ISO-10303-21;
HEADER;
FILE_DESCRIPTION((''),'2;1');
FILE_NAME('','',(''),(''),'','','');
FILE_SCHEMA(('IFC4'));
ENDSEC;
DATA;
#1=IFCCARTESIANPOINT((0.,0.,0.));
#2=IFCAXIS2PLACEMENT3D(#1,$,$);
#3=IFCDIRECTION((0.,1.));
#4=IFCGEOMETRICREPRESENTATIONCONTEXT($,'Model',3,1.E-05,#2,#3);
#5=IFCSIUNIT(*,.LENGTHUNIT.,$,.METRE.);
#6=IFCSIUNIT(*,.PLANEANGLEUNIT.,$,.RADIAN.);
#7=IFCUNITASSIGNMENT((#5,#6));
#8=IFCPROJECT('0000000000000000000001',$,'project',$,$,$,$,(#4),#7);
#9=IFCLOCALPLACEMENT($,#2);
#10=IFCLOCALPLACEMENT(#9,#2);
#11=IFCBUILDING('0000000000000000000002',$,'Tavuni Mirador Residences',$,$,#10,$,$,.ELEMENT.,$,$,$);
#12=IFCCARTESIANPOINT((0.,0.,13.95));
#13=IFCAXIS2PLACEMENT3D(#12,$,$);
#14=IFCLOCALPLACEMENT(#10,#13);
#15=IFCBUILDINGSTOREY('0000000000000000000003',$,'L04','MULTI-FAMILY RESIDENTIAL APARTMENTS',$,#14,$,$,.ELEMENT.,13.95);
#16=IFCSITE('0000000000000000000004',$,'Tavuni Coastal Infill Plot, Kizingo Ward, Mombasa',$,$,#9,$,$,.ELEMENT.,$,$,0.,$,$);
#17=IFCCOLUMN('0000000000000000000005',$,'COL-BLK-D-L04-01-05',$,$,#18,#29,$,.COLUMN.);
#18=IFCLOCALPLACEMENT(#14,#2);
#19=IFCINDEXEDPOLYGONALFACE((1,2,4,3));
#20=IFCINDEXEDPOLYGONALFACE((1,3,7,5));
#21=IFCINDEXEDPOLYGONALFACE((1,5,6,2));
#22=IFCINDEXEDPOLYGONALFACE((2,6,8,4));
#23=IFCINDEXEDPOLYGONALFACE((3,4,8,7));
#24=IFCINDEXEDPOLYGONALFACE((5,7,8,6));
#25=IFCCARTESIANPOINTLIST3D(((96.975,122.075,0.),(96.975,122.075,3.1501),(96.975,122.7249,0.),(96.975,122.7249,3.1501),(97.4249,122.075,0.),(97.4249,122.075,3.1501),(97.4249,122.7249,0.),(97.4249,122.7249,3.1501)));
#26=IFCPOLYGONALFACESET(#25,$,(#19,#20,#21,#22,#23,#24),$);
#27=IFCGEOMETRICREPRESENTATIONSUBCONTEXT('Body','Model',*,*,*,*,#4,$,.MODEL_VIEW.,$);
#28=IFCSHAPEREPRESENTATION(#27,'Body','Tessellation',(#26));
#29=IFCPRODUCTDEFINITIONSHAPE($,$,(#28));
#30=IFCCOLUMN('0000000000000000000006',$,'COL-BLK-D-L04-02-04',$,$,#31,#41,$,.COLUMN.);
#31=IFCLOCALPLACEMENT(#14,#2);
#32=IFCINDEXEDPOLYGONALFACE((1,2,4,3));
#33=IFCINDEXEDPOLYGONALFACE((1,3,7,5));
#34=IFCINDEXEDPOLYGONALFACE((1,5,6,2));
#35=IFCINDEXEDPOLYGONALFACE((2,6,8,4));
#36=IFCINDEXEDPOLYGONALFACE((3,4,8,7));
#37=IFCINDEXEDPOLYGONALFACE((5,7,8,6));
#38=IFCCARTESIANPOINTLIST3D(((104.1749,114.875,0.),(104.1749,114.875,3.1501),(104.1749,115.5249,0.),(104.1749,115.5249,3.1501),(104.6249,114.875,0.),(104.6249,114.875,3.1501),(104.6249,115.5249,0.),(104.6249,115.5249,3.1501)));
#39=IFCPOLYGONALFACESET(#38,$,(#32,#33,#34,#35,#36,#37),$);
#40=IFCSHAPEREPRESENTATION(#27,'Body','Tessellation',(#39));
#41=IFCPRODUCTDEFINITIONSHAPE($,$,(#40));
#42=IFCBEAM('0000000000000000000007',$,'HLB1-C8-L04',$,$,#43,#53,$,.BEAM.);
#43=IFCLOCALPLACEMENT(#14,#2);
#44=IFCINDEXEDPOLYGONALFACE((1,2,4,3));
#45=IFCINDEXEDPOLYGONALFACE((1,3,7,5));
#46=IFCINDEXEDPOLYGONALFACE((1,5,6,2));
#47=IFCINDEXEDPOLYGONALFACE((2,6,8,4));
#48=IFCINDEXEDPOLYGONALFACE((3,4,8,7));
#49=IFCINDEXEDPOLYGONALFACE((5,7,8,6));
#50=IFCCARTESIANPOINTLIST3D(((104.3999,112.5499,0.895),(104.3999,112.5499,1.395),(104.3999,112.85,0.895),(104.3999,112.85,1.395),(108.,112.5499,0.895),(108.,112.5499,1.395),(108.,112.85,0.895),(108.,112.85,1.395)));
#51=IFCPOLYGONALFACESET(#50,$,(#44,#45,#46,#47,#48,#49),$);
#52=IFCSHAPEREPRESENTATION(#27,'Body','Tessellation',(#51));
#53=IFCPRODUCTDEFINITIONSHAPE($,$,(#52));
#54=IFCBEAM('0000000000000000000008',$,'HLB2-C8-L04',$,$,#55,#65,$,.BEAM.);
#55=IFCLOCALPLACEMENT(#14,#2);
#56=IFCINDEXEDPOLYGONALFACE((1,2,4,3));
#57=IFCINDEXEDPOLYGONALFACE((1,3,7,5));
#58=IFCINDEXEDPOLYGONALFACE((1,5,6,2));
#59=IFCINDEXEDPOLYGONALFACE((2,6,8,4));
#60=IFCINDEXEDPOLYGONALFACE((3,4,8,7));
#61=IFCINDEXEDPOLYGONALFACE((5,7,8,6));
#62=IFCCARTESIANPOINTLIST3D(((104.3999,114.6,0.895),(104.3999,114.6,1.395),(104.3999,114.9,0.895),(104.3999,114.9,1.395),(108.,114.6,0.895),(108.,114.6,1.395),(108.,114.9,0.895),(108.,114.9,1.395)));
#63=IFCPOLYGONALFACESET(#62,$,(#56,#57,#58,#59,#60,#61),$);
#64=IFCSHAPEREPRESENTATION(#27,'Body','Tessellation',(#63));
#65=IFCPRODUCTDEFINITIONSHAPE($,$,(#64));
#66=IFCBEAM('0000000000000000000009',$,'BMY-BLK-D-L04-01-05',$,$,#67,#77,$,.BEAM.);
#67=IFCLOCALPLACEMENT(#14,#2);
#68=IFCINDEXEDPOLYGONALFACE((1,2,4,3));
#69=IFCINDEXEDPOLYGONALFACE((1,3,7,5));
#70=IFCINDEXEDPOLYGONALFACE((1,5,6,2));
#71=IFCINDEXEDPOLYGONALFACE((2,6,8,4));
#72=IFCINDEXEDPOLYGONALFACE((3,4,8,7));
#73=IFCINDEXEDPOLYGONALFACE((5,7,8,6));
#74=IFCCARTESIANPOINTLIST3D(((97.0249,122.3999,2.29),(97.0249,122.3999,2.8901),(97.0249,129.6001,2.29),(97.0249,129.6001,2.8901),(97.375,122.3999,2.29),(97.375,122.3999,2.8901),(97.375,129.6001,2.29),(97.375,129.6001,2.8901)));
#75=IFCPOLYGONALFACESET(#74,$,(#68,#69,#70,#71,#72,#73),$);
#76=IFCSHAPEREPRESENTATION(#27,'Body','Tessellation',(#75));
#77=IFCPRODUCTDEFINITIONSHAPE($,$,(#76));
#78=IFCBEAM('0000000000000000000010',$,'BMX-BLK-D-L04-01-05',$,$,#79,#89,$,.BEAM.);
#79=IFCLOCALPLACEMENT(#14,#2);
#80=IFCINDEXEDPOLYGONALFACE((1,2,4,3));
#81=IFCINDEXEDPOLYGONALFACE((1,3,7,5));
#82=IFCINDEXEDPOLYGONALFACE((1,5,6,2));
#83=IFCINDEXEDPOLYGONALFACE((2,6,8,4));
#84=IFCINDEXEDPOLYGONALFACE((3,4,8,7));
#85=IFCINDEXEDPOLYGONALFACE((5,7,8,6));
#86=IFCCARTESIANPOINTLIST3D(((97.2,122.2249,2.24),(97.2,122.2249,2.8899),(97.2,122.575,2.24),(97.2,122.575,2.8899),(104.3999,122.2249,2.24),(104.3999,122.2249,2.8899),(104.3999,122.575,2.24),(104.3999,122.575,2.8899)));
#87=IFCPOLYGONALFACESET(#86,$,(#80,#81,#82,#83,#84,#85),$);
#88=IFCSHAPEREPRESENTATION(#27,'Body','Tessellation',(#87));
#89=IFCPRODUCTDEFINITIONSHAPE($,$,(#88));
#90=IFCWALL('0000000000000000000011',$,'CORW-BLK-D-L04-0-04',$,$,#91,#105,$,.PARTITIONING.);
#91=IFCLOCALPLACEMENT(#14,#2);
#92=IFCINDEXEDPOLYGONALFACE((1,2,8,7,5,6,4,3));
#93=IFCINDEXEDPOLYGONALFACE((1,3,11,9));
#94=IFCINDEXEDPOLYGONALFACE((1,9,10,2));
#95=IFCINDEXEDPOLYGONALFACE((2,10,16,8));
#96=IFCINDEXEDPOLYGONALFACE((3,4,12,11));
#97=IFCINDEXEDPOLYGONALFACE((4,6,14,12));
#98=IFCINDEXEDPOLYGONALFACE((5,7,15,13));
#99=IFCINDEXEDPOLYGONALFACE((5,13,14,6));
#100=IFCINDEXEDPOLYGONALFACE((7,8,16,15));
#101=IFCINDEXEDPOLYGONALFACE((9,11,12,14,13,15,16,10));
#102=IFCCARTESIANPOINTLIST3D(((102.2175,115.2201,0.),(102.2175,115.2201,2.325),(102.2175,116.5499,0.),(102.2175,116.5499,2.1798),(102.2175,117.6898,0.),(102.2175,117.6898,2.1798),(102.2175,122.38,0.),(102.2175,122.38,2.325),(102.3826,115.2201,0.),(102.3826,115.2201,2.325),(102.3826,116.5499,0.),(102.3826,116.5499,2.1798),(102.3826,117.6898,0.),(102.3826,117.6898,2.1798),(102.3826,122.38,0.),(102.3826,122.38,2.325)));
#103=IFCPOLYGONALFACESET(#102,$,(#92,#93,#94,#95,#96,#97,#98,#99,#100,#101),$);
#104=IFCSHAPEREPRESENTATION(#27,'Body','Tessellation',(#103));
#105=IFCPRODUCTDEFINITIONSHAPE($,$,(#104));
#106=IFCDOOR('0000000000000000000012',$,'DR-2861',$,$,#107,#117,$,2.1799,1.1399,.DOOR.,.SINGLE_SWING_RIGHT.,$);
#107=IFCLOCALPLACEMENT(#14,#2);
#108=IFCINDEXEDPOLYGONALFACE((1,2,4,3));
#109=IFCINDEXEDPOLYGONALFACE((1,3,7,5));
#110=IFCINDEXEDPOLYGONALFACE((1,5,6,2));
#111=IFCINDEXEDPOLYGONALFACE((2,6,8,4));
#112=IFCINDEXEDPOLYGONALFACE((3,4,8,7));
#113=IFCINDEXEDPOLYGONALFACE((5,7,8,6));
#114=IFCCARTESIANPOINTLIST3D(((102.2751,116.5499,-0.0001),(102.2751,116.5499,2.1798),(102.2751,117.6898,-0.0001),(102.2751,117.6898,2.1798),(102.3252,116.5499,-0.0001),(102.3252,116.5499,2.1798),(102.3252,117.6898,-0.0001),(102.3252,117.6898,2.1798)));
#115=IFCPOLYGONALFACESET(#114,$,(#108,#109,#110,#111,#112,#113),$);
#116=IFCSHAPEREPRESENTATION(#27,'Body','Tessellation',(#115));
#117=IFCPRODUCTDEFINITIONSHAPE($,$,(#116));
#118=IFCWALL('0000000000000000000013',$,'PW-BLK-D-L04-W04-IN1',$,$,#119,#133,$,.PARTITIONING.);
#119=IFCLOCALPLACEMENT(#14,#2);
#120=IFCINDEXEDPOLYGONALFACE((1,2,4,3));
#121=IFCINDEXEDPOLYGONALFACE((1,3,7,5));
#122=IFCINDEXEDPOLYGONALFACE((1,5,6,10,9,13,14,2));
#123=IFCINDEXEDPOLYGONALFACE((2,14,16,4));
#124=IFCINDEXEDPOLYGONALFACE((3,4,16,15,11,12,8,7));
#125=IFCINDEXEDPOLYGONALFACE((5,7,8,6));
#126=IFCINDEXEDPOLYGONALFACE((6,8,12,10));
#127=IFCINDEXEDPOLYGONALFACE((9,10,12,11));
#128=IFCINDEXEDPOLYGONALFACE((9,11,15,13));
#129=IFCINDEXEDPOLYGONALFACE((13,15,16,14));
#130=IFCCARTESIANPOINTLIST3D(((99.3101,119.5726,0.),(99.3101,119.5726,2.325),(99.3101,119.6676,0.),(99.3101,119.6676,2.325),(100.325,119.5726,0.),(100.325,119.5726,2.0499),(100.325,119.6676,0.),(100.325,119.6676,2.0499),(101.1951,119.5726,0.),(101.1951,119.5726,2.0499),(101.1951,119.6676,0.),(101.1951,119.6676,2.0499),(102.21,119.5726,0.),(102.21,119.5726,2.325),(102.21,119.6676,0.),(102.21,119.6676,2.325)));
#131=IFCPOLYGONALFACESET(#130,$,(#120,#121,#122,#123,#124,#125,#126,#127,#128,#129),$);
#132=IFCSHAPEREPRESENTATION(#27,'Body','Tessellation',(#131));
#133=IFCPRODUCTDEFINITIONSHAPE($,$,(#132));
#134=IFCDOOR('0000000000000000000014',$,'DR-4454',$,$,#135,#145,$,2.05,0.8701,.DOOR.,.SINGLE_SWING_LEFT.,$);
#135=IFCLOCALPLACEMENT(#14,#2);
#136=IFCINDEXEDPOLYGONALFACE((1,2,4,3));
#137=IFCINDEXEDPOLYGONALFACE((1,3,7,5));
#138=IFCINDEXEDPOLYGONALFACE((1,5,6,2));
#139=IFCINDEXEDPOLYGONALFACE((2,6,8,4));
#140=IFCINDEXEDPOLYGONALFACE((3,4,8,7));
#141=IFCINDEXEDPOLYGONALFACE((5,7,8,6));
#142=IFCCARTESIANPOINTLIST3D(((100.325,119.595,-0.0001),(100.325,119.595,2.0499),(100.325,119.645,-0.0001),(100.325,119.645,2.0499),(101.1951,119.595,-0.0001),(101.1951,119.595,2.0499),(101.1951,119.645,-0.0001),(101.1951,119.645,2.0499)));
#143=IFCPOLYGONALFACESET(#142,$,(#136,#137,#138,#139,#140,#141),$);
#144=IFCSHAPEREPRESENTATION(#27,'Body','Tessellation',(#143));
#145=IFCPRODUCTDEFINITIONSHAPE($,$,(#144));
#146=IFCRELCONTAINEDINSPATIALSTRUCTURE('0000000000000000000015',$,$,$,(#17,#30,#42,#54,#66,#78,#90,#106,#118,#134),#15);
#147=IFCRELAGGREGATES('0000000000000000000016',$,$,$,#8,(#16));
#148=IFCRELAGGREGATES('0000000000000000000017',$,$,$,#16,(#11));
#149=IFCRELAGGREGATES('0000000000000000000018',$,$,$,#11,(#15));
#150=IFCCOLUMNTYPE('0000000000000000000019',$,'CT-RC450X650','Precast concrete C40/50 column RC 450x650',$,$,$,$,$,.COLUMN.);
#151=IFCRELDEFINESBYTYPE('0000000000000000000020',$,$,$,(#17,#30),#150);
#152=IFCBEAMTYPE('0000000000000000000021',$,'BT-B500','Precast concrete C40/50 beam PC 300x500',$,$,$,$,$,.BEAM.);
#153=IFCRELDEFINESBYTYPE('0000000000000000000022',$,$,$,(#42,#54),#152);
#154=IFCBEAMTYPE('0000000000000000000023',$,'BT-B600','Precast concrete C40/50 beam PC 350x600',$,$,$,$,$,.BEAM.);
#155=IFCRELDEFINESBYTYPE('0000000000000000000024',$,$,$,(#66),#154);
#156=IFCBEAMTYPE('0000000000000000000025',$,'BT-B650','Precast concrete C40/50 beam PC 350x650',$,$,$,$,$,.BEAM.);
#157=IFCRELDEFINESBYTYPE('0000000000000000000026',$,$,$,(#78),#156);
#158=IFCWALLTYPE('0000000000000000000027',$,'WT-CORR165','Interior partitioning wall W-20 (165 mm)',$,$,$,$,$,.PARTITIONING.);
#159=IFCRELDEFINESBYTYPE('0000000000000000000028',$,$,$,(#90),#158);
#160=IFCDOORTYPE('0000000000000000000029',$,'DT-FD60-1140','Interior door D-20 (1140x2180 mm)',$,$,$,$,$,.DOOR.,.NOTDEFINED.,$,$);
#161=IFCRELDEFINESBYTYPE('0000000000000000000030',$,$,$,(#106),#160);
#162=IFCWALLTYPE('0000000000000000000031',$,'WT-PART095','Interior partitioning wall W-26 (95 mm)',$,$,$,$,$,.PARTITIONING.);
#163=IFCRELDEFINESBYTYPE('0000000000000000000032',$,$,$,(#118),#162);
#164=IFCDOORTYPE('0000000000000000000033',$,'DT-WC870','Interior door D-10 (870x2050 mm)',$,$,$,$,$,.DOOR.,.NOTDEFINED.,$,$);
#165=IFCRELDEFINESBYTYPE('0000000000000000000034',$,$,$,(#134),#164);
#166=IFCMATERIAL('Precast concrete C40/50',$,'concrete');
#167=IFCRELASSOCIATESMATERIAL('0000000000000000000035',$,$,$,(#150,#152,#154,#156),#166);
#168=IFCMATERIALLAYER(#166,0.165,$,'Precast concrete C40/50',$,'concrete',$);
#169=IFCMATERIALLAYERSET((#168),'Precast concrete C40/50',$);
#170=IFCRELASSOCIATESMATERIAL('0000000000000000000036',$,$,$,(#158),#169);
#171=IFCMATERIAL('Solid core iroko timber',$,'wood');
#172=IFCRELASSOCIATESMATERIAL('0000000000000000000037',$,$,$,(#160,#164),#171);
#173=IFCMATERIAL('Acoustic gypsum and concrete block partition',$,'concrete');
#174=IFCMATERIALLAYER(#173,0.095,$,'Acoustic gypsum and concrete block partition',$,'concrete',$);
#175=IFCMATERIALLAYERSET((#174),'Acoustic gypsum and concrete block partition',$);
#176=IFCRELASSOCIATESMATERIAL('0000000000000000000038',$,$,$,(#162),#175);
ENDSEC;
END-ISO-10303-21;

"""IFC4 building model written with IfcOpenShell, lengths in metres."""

from ifc_helpers import new_model, si_unit, direction, frame, frame_2d, origin, origin_2d, place, context, subcontext, project, spatial, rectangle, extrude, material, layer, layer_set, material_profile, profile_set, type_object, element, fill, save


model = new_model("IFC4")

# Units and contexts
model_context = context("Model", 3, precision=1e-05, world=origin(), true_north=direction((0.0, 1.0)))
body_context = subcontext(model_context, "Body", "Model", "MODEL_VIEW")
ifc_project = project(units=[si_unit("LENGTHUNIT", "METRE"), si_unit("PLANEANGLEUNIT", "RADIAN")], contexts=[model_context])

# Site, building, storey
site_placement = place(None, origin())
site = spatial("IfcSite", under=ifc_project, at=site_placement, Name="Tavuni Coastal Infill Plot, Kizingo Ward, Mombasa", CompositionType="ELEMENT", RefElevation=0.0)
building_placement = place(site_placement, origin())
building = spatial("IfcBuilding", under=site, at=building_placement, Name="Tavuni Mirador Residences", CompositionType="ELEMENT")
storey_placement = place(building_placement, frame((0.0, 0.0, 13.95)))
storey = spatial("IfcBuildingStorey", under=building, at=storey_placement, Name="L04", Description="MULTI-FAMILY RESIDENTIAL APARTMENTS", CompositionType="ELEMENT", Elevation=13.95)

# Columns
ifc_material_1 = material(Name="Precast concrete C40/50", Category="concrete")
ifc_material_profile_1 = material_profile(ifc_material_1, rectangle(XDim=0.45, YDim=0.6499, at=origin_2d()), Name="RC 450x650", Category="concrete")
ifc_profile_set_1 = profile_set([ifc_material_profile_1], Name="Precast concrete C40/50")
column_type = type_object("IfcColumnType", Name="CT-RC450X650", Description="Precast concrete C40/50 column RC 450x650", PredefinedType="COLUMN", material=ifc_profile_set_1)
for number, where, z_axis, x_axis, name in (
    (1, (97.2, 122.3999, 0.0), (0.0, 0.0, 1.0), (1.0, 0.0, 0.0), "COL-BLK-D-L04-01-05"),
    (2, (104.3999, 115.2, 0.0), (0.0, 0.0, 1.0), (1.0, 0.0, 0.0), "COL-BLK-D-L04-02-04"),
):
    element("IfcColumn", number, at=place(storey_placement, frame(where, z_axis=z_axis, x_axis=x_axis)), inside=storey, type_object=column_type, Name=name, PredefinedType="COLUMN", context=body_context, shape_type="SweptSolid", body=[
        extrude(rectangle(XDim=0.45, YDim=0.6499, at=origin_2d()), origin(), (0.0, 0.0, 1.0), 3.1501),
    ])

# Beams
ifc_material_profile_2 = material_profile(ifc_material_1, rectangle(XDim=0.3, YDim=0.5, at=origin_2d()), Name="PC 300x500", Category="concrete")
ifc_profile_set_2 = profile_set([ifc_material_profile_2], Name="Precast concrete C40/50")
beam_type_1 = type_object("IfcBeamType", Name="BT-B500", Description="Precast concrete C40/50 beam PC 300x500", PredefinedType="BEAM", material=ifc_profile_set_2)
for number, where, z_axis, x_axis, name in (
    (3, (104.3999, 112.7, 1.145), (1.0, 0.0, 0.0), (0.0, 1.0, 0.0), "HLB1-C8-L04"),
    (4, (104.3999, 114.75, 1.145), (1.0, 0.0, 0.0), (0.0, 1.0, 0.0), "HLB2-C8-L04"),
):
    element("IfcBeam", number, at=place(storey_placement, frame(where, z_axis=z_axis, x_axis=x_axis)), inside=storey, type_object=beam_type_1, Name=name, PredefinedType="BEAM", context=body_context, shape_type="SweptSolid", body=[
        extrude(rectangle(XDim=0.3, YDim=0.5, at=origin_2d()), origin(), (0.0, 0.0, 1.0), 3.6001),
    ])
ifc_material_profile_3 = material_profile(ifc_material_1, rectangle(XDim=0.3501, YDim=0.6001, at=origin_2d()), Name="PC 350x600", Category="concrete")
ifc_profile_set_3 = profile_set([ifc_material_profile_3], Name="Precast concrete C40/50")
beam_type_2 = type_object("IfcBeamType", Name="BT-B600", Description="Precast concrete C40/50 beam PC 350x600", PredefinedType="BEAM", material=ifc_profile_set_3)
beam_1_placement = place(storey_placement, frame((97.2, 122.3999, 2.5901), z_axis=(0.0, 1.0, 0.0), x_axis=(-1.0, 0.0, 0.0)))
element("IfcBeam", 5, at=beam_1_placement, inside=storey, type_object=beam_type_2, Name="BMY-BLK-D-L04-01-05", PredefinedType="BEAM", context=body_context, shape_type="SweptSolid", body=[
    extrude(rectangle(XDim=0.3501, YDim=0.6001, at=origin_2d()), origin(), (0.0, 0.0, 1.0), 7.2002),
])
ifc_material_profile_4 = material_profile(ifc_material_1, rectangle(XDim=0.3501, YDim=0.6499, at=origin_2d()), Name="PC 350x650", Category="concrete")
ifc_profile_set_4 = profile_set([ifc_material_profile_4], Name="Precast concrete C40/50")
beam_type_3 = type_object("IfcBeamType", Name="BT-B650", Description="Precast concrete C40/50 beam PC 350x650", PredefinedType="BEAM", material=ifc_profile_set_4)
beam_2_placement = place(storey_placement, frame((97.2, 122.3999, 2.5649), z_axis=(1.0, 0.0, 0.0), x_axis=(0.0, 1.0, 0.0)))
element("IfcBeam", 6, at=beam_2_placement, inside=storey, type_object=beam_type_3, Name="BMX-BLK-D-L04-01-05", PredefinedType="BEAM", context=body_context, shape_type="SweptSolid", body=[
    extrude(rectangle(XDim=0.3501, YDim=0.6499, at=origin_2d()), origin(), (0.0, 0.0, 1.0), 7.2),
])

# Walls, openings, doors
ifc_layer_1 = layer(ifc_material_1, 0.165, Name="Precast concrete C40/50", Category="concrete")
ifc_layer_set_1 = layer_set([ifc_layer_1], Name="Precast concrete C40/50")
wall_type_1 = type_object("IfcWallType", Name="WT-CORR165", Description="Interior partitioning wall W-20 (165 mm)", PredefinedType="PARTITIONING", material=ifc_layer_set_1)
wall_1_placement = place(storey_placement, frame((102.3, 115.22, 0.0), z_axis=(0.0, 0.0, 1.0), x_axis=(0.0, 1.0, 0.0)))
wall_1 = element("IfcWall", 7, at=wall_1_placement, inside=storey, type_object=wall_type_1, Name="CORW-BLK-D-L04-0-04", PredefinedType="PARTITIONING", context=body_context, shape_type="SweptSolid", body=[
    extrude(rectangle(XDim=7.1599, YDim=0.165, at=frame_2d((3.5801, 0.0))), origin(), (0.0, 0.0, 1.0), 2.325),
])
opening_1_placement = place(wall_1_placement, frame((1.3301, 0.0, 0.0)))
opening_1 = element("IfcOpeningElement", 8, at=opening_1_placement, cuts=wall_1, PredefinedType="OPENING", context=body_context, shape_type="SweptSolid", body=[
    extrude(rectangle(XDim=1.1399, YDim=2.1799, at=frame_2d((0.5698, 1.0898))), frame((0.0, 0.0925, 0.0), z_axis=(0.0, -1.0, 0.0), x_axis=(1.0, 0.0, 0.0)), (0.0, 0.0, 1.0), 0.1851),
])
ifc_material_2 = material(Name="Solid core iroko timber", Category="wood")
door_type_1 = type_object("IfcDoorType", Name="DT-FD60-1140", Description="Interior door D-20 (1140x2180 mm)", OperationType="NOTDEFINED", PredefinedType="DOOR", material=ifc_material_2)
door_1_placement = place(opening_1_placement, origin())
door_1 = element("IfcDoor", 9, at=door_1_placement, inside=storey, type_object=door_type_1, Name="DR-2861", OperationType="SINGLE_SWING_RIGHT", OverallHeight=2.1799, OverallWidth=1.1399, PredefinedType="DOOR", context=body_context, shape_type="SweptSolid", body=[
    extrude(rectangle(XDim=1.1399, YDim=2.1799, at=frame_2d((0.5698, 1.0898))), frame((0.0, 0.0249, 0.0), z_axis=(0.0, -1.0, 0.0), x_axis=(1.0, 0.0, 0.0)), (0.0, 0.0, 1.0), 0.05),
])
fill(opening_1, door_1)
ifc_material_3 = material(Name="Acoustic gypsum and concrete block partition", Category="concrete")
ifc_layer_2 = layer(ifc_material_3, 0.095, Name="Acoustic gypsum and concrete block partition", Category="concrete")
ifc_layer_set_2 = layer_set([ifc_layer_2], Name="Acoustic gypsum and concrete block partition")
wall_type_2 = type_object("IfcWallType", Name="WT-PART095", Description="Interior partitioning wall W-26 (95 mm)", PredefinedType="PARTITIONING", material=ifc_layer_set_2)
wall_2_placement = place(storey_placement, frame((99.3101, 119.6201, 0.0), z_axis=(0.0, 0.0, 1.0), x_axis=(1.0, 0.0, 0.0)))
wall_2 = element("IfcWall", 10, at=wall_2_placement, inside=storey, type_object=wall_type_2, Name="PW-BLK-D-L04-W04-IN1", PredefinedType="PARTITIONING", context=body_context, shape_type="SweptSolid", body=[
    extrude(rectangle(XDim=2.8999, YDim=0.095, at=frame_2d((1.45, 0.0))), origin(), (0.0, 0.0, 1.0), 2.325),
])
opening_2_placement = place(wall_2_placement, frame((1.0149, 0.0, 0.0)))
opening_2 = element("IfcOpeningElement", 11, at=opening_2_placement, cuts=wall_2, PredefinedType="OPENING", context=body_context, shape_type="SweptSolid", body=[
    extrude(rectangle(XDim=0.8701, YDim=2.05, at=frame_2d((0.4351, 1.0249))), frame((0.0, 0.0576, 0.0), z_axis=(0.0, -1.0, 0.0), x_axis=(1.0, 0.0, 0.0)), (0.0, 0.0, 1.0), 0.115),
])
door_type_2 = type_object("IfcDoorType", Name="DT-WC870", Description="Interior door D-10 (870x2050 mm)", OperationType="NOTDEFINED", PredefinedType="DOOR", material=ifc_material_2)
door_2_placement = place(opening_2_placement, origin())
door_2 = element("IfcDoor", 12, at=door_2_placement, inside=storey, type_object=door_type_2, Name="DR-4454", OperationType="SINGLE_SWING_LEFT", OverallHeight=2.05, OverallWidth=0.8701, PredefinedType="DOOR", context=body_context, shape_type="SweptSolid", body=[
    extrude(rectangle(XDim=0.8701, YDim=2.05, at=frame_2d((0.4351, 1.0249))), frame((0.0, 0.0249, 0.0), z_axis=(0.0, -1.0, 0.0), x_axis=(1.0, 0.0, 0.0)), (0.0, 0.0, 1.0), 0.05),
])
fill(opening_2, door_2)

save(model, "model.ifc")
